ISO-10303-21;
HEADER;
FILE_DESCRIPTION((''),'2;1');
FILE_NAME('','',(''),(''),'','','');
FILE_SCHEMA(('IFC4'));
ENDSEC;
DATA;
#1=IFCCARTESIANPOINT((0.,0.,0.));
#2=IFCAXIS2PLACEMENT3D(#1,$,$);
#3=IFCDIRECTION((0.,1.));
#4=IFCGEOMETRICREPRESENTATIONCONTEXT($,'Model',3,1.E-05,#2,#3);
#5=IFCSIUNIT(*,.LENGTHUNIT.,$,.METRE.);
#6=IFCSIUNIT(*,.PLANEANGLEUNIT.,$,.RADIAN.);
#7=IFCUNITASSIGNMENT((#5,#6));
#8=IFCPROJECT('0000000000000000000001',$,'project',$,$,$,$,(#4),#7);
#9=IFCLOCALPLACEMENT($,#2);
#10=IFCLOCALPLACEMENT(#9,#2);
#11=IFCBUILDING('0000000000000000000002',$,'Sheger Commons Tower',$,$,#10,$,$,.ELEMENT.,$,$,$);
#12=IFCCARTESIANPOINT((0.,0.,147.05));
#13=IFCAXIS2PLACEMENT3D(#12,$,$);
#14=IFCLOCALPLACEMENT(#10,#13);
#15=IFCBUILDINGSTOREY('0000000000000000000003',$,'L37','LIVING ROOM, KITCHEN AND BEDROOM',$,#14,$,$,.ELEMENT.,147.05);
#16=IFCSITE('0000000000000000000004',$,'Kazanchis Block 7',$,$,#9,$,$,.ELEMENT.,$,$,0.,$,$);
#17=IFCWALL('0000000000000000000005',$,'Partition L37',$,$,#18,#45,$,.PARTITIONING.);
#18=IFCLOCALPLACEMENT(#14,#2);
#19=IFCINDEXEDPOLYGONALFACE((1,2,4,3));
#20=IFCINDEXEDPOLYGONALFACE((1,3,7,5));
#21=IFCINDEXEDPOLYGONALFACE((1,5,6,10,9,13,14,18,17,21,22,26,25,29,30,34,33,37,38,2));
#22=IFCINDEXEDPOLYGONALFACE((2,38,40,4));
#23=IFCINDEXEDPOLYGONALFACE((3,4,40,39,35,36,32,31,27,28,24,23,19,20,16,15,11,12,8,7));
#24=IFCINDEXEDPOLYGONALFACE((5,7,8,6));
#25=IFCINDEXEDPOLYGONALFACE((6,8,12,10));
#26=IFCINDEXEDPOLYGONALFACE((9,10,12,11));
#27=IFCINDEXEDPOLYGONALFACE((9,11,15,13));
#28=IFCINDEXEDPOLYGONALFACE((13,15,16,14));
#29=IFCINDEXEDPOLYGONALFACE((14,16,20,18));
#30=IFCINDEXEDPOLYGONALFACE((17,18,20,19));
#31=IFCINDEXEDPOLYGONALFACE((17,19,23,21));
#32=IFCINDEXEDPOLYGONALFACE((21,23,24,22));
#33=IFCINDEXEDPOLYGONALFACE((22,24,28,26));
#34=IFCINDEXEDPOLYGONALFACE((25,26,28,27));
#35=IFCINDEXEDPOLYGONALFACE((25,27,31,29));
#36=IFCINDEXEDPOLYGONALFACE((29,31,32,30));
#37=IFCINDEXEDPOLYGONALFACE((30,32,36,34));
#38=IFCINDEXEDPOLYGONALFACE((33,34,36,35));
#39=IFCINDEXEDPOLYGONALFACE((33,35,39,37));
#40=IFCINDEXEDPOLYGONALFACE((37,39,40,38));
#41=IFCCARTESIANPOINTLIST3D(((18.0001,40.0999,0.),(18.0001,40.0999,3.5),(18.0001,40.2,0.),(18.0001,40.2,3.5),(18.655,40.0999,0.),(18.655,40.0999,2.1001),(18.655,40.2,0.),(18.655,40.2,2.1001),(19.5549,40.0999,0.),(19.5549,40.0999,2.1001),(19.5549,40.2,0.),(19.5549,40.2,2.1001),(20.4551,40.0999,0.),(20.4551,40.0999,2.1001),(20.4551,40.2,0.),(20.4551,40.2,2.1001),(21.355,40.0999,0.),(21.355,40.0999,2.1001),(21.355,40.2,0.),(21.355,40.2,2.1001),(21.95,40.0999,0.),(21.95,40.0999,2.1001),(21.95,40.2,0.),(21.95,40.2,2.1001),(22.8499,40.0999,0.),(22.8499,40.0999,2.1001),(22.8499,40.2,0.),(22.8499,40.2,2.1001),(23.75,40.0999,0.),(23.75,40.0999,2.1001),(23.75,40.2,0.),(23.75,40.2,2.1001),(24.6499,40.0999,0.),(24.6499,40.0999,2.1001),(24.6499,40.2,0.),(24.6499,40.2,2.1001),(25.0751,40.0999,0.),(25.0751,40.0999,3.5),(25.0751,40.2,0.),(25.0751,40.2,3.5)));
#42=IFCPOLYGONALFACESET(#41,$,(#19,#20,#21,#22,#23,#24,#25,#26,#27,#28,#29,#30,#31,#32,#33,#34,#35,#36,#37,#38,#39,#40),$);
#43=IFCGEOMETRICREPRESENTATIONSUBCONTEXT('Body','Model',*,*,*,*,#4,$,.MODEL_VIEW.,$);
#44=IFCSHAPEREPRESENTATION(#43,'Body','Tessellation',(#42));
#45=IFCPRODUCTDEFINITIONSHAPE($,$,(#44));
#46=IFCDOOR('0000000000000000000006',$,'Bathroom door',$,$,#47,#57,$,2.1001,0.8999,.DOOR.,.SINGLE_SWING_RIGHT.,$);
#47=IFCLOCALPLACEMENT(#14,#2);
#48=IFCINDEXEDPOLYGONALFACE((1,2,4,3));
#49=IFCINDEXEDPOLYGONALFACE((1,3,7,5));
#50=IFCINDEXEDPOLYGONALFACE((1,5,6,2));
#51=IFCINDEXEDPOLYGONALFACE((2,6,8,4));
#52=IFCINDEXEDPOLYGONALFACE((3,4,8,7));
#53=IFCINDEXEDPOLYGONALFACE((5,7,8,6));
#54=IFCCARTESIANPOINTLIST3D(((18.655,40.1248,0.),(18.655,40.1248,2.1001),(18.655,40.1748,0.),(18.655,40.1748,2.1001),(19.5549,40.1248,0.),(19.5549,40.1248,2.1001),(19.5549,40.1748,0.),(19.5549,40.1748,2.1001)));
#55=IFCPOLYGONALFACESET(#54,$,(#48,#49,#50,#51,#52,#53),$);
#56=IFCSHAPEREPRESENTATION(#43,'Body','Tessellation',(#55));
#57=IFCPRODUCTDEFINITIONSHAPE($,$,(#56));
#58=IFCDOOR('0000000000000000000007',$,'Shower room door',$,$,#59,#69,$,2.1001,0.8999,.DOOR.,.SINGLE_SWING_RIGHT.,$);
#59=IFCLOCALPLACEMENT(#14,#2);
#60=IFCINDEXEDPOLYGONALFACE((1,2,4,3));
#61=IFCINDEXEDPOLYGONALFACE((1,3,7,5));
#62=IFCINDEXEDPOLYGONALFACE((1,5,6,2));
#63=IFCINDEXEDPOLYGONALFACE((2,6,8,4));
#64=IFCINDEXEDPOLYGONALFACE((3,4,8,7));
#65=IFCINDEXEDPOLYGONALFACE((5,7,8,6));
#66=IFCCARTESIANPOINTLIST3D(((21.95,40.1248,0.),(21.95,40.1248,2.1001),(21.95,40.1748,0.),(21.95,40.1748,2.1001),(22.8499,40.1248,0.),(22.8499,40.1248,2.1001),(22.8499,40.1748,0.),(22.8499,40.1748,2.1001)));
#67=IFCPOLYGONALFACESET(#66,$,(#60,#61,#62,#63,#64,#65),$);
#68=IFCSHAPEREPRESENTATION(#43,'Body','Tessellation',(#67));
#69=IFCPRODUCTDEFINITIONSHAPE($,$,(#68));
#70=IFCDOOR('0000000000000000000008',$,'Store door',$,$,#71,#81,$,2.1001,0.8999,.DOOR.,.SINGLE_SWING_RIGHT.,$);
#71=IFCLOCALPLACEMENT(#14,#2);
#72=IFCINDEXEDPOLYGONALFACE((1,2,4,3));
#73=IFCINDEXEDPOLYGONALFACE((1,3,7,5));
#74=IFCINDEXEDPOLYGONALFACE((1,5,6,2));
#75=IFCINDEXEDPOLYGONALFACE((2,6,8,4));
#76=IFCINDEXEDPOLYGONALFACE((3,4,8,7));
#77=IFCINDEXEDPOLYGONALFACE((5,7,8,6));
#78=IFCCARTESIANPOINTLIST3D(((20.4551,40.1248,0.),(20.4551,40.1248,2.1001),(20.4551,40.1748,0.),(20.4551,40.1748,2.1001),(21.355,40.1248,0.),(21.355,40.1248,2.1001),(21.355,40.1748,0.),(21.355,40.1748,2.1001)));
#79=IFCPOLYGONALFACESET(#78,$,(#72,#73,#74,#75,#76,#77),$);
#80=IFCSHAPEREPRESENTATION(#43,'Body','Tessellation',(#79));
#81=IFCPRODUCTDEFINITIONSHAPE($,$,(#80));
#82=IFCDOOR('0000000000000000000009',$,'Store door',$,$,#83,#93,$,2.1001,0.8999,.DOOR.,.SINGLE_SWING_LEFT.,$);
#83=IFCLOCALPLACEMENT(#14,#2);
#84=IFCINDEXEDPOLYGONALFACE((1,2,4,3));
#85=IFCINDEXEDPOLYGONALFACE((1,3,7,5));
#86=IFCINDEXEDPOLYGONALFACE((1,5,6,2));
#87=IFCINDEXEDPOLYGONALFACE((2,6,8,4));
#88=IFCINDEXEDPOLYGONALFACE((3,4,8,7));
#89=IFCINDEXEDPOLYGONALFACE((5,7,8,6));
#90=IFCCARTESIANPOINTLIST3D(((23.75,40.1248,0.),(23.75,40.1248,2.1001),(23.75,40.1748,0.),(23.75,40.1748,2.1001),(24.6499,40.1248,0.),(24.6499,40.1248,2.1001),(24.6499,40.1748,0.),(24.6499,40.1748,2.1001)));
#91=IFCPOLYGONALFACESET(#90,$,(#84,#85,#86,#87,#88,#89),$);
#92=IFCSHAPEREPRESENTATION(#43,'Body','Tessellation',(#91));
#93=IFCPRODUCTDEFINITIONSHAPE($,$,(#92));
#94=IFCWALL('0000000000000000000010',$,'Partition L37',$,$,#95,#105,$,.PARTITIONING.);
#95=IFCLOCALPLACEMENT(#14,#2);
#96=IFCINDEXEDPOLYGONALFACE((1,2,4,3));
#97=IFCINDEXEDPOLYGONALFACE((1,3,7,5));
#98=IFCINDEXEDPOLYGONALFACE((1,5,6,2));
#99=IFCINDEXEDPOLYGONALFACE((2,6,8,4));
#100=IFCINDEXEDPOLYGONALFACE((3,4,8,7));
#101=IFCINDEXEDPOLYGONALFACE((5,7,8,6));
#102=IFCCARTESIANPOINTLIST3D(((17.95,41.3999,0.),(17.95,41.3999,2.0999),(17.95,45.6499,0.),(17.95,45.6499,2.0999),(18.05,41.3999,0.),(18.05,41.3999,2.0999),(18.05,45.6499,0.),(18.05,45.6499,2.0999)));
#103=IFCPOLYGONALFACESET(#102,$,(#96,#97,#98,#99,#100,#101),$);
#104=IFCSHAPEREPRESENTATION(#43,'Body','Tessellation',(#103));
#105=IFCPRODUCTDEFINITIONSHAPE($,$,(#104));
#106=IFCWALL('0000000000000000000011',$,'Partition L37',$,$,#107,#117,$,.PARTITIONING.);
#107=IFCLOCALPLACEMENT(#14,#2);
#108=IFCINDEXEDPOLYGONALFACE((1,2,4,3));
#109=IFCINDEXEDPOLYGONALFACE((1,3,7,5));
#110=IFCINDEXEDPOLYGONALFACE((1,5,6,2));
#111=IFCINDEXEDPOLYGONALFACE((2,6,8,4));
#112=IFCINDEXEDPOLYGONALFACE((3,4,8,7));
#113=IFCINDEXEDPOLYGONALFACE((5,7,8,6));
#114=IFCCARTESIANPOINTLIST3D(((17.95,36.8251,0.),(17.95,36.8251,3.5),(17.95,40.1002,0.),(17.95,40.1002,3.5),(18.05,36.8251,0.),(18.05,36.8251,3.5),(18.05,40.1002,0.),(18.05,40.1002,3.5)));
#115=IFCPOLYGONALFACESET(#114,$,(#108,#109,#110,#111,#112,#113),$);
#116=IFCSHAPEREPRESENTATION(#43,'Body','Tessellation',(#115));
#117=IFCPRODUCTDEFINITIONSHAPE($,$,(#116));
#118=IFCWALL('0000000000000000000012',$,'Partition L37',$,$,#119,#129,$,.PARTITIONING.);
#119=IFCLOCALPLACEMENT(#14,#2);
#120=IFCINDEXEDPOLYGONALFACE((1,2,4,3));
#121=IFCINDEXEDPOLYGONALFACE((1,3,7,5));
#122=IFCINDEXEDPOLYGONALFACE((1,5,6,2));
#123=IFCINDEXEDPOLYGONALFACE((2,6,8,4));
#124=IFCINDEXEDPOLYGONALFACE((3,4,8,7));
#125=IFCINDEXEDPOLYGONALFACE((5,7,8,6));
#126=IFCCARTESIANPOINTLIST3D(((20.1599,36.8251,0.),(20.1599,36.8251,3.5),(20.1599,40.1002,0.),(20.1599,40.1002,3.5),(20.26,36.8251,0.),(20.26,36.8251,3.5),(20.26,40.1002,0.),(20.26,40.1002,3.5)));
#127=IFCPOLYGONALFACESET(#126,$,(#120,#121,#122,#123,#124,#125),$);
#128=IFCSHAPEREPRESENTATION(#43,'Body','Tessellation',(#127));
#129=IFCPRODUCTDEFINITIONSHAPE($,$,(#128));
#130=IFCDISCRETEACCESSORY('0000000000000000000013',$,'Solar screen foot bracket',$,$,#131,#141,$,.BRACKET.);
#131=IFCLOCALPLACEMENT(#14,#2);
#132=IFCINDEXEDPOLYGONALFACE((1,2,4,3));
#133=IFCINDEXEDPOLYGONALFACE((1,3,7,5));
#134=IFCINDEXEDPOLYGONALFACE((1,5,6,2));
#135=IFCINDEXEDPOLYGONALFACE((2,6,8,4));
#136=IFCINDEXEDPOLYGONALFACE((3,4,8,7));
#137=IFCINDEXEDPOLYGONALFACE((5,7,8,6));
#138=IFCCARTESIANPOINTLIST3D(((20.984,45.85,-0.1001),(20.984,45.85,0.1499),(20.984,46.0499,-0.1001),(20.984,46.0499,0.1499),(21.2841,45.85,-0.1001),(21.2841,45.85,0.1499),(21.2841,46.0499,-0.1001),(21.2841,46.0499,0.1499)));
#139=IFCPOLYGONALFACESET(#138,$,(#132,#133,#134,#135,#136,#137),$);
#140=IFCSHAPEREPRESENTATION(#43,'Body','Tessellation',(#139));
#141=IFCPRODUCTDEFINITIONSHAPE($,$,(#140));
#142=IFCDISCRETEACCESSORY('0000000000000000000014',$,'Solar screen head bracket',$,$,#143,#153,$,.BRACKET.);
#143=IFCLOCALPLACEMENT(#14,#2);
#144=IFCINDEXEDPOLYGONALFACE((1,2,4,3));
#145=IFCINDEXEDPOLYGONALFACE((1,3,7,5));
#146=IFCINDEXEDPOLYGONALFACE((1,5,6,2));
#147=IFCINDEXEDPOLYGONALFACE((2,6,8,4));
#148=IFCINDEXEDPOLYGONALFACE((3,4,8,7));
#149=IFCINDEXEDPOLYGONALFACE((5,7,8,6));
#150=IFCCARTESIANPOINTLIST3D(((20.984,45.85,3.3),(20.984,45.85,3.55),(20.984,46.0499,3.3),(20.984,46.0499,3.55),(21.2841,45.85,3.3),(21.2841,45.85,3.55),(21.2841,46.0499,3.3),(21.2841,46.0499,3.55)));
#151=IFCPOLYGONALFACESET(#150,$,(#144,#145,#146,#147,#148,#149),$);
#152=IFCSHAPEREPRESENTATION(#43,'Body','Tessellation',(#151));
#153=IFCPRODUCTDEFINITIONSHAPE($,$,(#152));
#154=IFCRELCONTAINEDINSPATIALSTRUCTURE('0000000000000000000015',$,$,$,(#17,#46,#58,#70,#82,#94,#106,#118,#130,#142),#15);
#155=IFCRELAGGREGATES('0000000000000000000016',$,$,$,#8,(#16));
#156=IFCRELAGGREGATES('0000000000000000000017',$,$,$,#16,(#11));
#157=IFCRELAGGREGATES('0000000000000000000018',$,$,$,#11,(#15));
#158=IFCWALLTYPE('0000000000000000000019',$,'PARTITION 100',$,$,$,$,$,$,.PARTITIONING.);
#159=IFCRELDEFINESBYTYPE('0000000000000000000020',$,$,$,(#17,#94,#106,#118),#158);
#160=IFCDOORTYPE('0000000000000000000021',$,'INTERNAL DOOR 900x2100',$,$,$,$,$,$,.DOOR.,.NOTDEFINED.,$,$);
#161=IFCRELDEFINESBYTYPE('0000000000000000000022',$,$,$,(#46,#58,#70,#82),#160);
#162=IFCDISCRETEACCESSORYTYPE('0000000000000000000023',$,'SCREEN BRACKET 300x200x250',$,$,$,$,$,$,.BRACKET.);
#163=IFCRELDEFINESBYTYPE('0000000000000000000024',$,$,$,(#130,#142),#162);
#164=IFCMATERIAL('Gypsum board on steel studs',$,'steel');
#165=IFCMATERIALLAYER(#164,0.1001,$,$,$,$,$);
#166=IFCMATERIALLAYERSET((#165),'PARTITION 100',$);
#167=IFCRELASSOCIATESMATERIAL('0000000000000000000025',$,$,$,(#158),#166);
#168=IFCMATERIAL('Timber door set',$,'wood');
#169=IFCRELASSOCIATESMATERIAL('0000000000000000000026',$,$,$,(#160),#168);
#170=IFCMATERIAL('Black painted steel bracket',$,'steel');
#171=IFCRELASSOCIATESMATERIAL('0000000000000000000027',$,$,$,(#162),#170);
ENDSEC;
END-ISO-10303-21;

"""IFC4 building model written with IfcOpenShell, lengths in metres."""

from ifc_helpers import new_model, si_unit, direction, frame, frame_2d, origin, origin_2d, place, context, subcontext, project, spatial, rectangle, extrude, material, layer, layer_set, type_object, element, fill, save


model = new_model("IFC4")

# Units and contexts
model_context = context("Model", 3, precision=1e-05, world=origin(), true_north=direction((0.0, 1.0)))
body_context = subcontext(model_context, "Body", "Model", "MODEL_VIEW")
ifc_project = project(units=[si_unit("LENGTHUNIT", "METRE"), si_unit("PLANEANGLEUNIT", "RADIAN")], contexts=[model_context])

# Site, building, storey
site_placement = place(None, origin())
site = spatial("IfcSite", under=ifc_project, at=site_placement, Name="Kazanchis Block 7", CompositionType="ELEMENT", RefElevation=0.0)
building_placement = place(site_placement, origin())
building = spatial("IfcBuilding", under=site, at=building_placement, Name="Sheger Commons Tower", CompositionType="ELEMENT")
storey_placement = place(building_placement, frame((0.0, 0.0, 147.05)))
storey = spatial("IfcBuildingStorey", under=building, at=storey_placement, Name="L37", Description="LIVING ROOM, KITCHEN AND BEDROOM", CompositionType="ELEMENT", Elevation=147.05)

# Wall, openings, doors
ifc_material_1 = material(Name="Gypsum board on steel studs", Category="steel")
ifc_layer_1 = layer(ifc_material_1, 0.1001)
ifc_layer_set_1 = layer_set([ifc_layer_1], Name="PARTITION 100")
wall_type_1 = type_object("IfcWallType", Name="PARTITION 100", PredefinedType="PARTITIONING", material=ifc_layer_set_1)
ifc_material_2 = material(Name="Timber door set", Category="wood")
door_type = type_object("IfcDoorType", Name="INTERNAL DOOR 900x2100", OperationType="NOTDEFINED", PredefinedType="DOOR", material=ifc_material_2)
wall_1_placement = place(storey_placement, frame((18.0, 40.1499, 0.0), z_axis=(0.0, 0.0, 1.0), x_axis=(1.0, 0.0, 0.0)))
wall_1 = element("IfcWall", 1, at=wall_1_placement, inside=storey, type_object=wall_type_1, Name="Partition L37", PredefinedType="PARTITIONING", context=body_context, shape_type="SweptSolid", body=[
    extrude(rectangle(XDim=7.075, YDim=0.1001, at=frame_2d((3.5376, 0.0))), origin(), (0.0, 0.0, 1.0), 3.5),
])
opening_1_placement = place(wall_1_placement, frame((0.655, 0.0, 0.0)))
opening_1 = element("IfcOpeningElement", 2, at=opening_1_placement, cuts=wall_1, PredefinedType="OPENING", context=body_context, shape_type="SweptSolid", body=[
    extrude(rectangle(XDim=0.8999, YDim=2.1001, at=frame_2d((0.45, 1.05))), frame((0.0, 0.0601, 0.0), z_axis=(0.0, -1.0, 0.0), x_axis=(1.0, 0.0, 0.0)), (0.0, 0.0, 1.0), 0.1201),
])
opening_2_placement = place(wall_1_placement, frame((3.95, 0.0, 0.0)))
opening_2 = element("IfcOpeningElement", 3, at=opening_2_placement, cuts=wall_1, PredefinedType="OPENING", context=body_context, shape_type="SweptSolid", body=[
    extrude(rectangle(XDim=0.8999, YDim=2.1001, at=frame_2d((0.45, 1.05))), frame((0.0, 0.0601, 0.0), z_axis=(0.0, -1.0, 0.0), x_axis=(1.0, 0.0, 0.0)), (0.0, 0.0, 1.0), 0.1201),
])
opening_3_placement = place(wall_1_placement, frame((2.4551, 0.0, 0.0)))
opening_3 = element("IfcOpeningElement", 4, at=opening_3_placement, cuts=wall_1, PredefinedType="OPENING", context=body_context, shape_type="SweptSolid", body=[
    extrude(rectangle(XDim=0.8999, YDim=2.1001, at=frame_2d((0.45, 1.05))), frame((0.0, 0.0601, 0.0), z_axis=(0.0, -1.0, 0.0), x_axis=(1.0, 0.0, 0.0)), (0.0, 0.0, 1.0), 0.1201),
])
opening_4_placement = place(wall_1_placement, frame((5.75, 0.0, 0.0)))
opening_4 = element("IfcOpeningElement", 5, at=opening_4_placement, cuts=wall_1, PredefinedType="OPENING", context=body_context, shape_type="SweptSolid", body=[
    extrude(rectangle(XDim=0.8999, YDim=2.1001, at=frame_2d((0.45, 1.05))), frame((0.0, 0.0601, 0.0), z_axis=(0.0, -1.0, 0.0), x_axis=(1.0, 0.0, 0.0)), (0.0, 0.0, 1.0), 0.1201),
])
door_1_placement = place(opening_1_placement, origin())
door_1 = element("IfcDoor", 6, at=door_1_placement, inside=storey, type_object=door_type, Name="Bathroom door", OperationType="SINGLE_SWING_RIGHT", OverallHeight=2.1001, OverallWidth=0.8999, PredefinedType="DOOR", context=body_context, shape_type="SweptSolid", body=[
    extrude(rectangle(XDim=0.8999, YDim=2.1001, at=frame_2d((0.45, 1.05))), frame((0.0, 0.0249, 0.0), z_axis=(0.0, -1.0, 0.0), x_axis=(1.0, 0.0, 0.0)), (0.0, 0.0, 1.0), 0.05),
])
fill(opening_1, door_1)
door_2_placement = place(opening_2_placement, origin())
door_2 = element("IfcDoor", 7, at=door_2_placement, inside=storey, type_object=door_type, Name="Shower room door", OperationType="SINGLE_SWING_RIGHT", OverallHeight=2.1001, OverallWidth=0.8999, PredefinedType="DOOR", context=body_context, shape_type="SweptSolid", body=[
    extrude(rectangle(XDim=0.8999, YDim=2.1001, at=frame_2d((0.45, 1.05))), frame((0.0, 0.0249, 0.0), z_axis=(0.0, -1.0, 0.0), x_axis=(1.0, 0.0, 0.0)), (0.0, 0.0, 1.0), 0.05),
])
fill(opening_2, door_2)
door_3_placement = place(opening_3_placement, origin())
door_3 = element("IfcDoor", 8, at=door_3_placement, inside=storey, type_object=door_type, Name="Store door", OperationType="SINGLE_SWING_RIGHT", OverallHeight=2.1001, OverallWidth=0.8999, PredefinedType="DOOR", context=body_context, shape_type="SweptSolid", body=[
    extrude(rectangle(XDim=0.8999, YDim=2.1001, at=frame_2d((0.45, 1.05))), frame((0.0, 0.0249, 0.0), z_axis=(0.0, -1.0, 0.0), x_axis=(1.0, 0.0, 0.0)), (0.0, 0.0, 1.0), 0.05),
])
fill(opening_3, door_3)
door_4_placement = place(opening_4_placement, origin())
door_4 = element("IfcDoor", 9, at=door_4_placement, inside=storey, type_object=door_type, Name="Store door", OperationType="SINGLE_SWING_LEFT", OverallHeight=2.1001, OverallWidth=0.8999, PredefinedType="DOOR", context=body_context, shape_type="SweptSolid", body=[
    extrude(rectangle(XDim=0.8999, YDim=2.1001, at=frame_2d((0.45, 1.05))), frame((0.0, 0.0249, 0.0), z_axis=(0.0, -1.0, 0.0), x_axis=(1.0, 0.0, 0.0)), (0.0, 0.0, 1.0), 0.05),
])
fill(opening_4, door_4)

# Walls
wall_2_placement = place(storey_placement, frame((18.0, 41.3999, 0.0), z_axis=(0.0, 0.0, 1.0), x_axis=(0.0, 1.0, 0.0)))
element("IfcWall", 10, at=wall_2_placement, inside=storey, type_object=wall_type_1, Name="Partition L37", PredefinedType="PARTITIONING", context=body_context, shape_type="SweptSolid", body=[
    extrude(rectangle(XDim=4.25, YDim=0.1001, at=frame_2d((2.125, 0.0))), origin(), (0.0, 0.0, 1.0), 2.0999),
])
for number, where, z_axis, x_axis, name in (
    (11, (18.0, 36.825, 0.0), (0.0, 0.0, 1.0), (0.0, 1.0, 0.0), "Partition L37"),
    (12, (20.21, 36.825, 0.0), (0.0, 0.0, 1.0), (0.0, 1.0, 0.0), "Partition L37"),
):
    element("IfcWall", number, at=place(storey_placement, frame(where, z_axis=z_axis, x_axis=x_axis)), inside=storey, type_object=wall_type_1, Name=name, PredefinedType="PARTITIONING", context=body_context, shape_type="SweptSolid", body=[
        extrude(rectangle(XDim=3.2751, YDim=0.1001, at=frame_2d((1.6377, 0.0))), origin(), (0.0, 0.0, 1.0), 3.5),
    ])

# Discrete accessories
ifc_material_3 = material(Name="Black painted steel bracket", Category="steel")
discrete_accessory_type = type_object("IfcDiscreteAccessoryType", Name="SCREEN BRACKET 300x200x250", PredefinedType="BRACKET", material=ifc_material_3)
for number, where, z_axis, x_axis, name in (
    (13, (21.134, 45.95, -0.1001), (0.0, 0.0, 1.0), (-1.0, 0.0, 0.0), "Solar screen foot bracket"),
    (14, (21.134, 45.95, 3.3), (0.0, 0.0, 1.0), (-1.0, 0.0, 0.0), "Solar screen head bracket"),
):
    element("IfcDiscreteAccessory", number, at=place(storey_placement, frame(where, z_axis=z_axis, x_axis=x_axis)), inside=storey, type_object=discrete_accessory_type, Name=name, PredefinedType="BRACKET", context=body_context, shape_type="SweptSolid", body=[
        extrude(rectangle(XDim=0.3, YDim=0.2, at=origin_2d()), origin(), (0.0, 0.0, 1.0), 0.25),
    ])

save(model, "model.ifc")
